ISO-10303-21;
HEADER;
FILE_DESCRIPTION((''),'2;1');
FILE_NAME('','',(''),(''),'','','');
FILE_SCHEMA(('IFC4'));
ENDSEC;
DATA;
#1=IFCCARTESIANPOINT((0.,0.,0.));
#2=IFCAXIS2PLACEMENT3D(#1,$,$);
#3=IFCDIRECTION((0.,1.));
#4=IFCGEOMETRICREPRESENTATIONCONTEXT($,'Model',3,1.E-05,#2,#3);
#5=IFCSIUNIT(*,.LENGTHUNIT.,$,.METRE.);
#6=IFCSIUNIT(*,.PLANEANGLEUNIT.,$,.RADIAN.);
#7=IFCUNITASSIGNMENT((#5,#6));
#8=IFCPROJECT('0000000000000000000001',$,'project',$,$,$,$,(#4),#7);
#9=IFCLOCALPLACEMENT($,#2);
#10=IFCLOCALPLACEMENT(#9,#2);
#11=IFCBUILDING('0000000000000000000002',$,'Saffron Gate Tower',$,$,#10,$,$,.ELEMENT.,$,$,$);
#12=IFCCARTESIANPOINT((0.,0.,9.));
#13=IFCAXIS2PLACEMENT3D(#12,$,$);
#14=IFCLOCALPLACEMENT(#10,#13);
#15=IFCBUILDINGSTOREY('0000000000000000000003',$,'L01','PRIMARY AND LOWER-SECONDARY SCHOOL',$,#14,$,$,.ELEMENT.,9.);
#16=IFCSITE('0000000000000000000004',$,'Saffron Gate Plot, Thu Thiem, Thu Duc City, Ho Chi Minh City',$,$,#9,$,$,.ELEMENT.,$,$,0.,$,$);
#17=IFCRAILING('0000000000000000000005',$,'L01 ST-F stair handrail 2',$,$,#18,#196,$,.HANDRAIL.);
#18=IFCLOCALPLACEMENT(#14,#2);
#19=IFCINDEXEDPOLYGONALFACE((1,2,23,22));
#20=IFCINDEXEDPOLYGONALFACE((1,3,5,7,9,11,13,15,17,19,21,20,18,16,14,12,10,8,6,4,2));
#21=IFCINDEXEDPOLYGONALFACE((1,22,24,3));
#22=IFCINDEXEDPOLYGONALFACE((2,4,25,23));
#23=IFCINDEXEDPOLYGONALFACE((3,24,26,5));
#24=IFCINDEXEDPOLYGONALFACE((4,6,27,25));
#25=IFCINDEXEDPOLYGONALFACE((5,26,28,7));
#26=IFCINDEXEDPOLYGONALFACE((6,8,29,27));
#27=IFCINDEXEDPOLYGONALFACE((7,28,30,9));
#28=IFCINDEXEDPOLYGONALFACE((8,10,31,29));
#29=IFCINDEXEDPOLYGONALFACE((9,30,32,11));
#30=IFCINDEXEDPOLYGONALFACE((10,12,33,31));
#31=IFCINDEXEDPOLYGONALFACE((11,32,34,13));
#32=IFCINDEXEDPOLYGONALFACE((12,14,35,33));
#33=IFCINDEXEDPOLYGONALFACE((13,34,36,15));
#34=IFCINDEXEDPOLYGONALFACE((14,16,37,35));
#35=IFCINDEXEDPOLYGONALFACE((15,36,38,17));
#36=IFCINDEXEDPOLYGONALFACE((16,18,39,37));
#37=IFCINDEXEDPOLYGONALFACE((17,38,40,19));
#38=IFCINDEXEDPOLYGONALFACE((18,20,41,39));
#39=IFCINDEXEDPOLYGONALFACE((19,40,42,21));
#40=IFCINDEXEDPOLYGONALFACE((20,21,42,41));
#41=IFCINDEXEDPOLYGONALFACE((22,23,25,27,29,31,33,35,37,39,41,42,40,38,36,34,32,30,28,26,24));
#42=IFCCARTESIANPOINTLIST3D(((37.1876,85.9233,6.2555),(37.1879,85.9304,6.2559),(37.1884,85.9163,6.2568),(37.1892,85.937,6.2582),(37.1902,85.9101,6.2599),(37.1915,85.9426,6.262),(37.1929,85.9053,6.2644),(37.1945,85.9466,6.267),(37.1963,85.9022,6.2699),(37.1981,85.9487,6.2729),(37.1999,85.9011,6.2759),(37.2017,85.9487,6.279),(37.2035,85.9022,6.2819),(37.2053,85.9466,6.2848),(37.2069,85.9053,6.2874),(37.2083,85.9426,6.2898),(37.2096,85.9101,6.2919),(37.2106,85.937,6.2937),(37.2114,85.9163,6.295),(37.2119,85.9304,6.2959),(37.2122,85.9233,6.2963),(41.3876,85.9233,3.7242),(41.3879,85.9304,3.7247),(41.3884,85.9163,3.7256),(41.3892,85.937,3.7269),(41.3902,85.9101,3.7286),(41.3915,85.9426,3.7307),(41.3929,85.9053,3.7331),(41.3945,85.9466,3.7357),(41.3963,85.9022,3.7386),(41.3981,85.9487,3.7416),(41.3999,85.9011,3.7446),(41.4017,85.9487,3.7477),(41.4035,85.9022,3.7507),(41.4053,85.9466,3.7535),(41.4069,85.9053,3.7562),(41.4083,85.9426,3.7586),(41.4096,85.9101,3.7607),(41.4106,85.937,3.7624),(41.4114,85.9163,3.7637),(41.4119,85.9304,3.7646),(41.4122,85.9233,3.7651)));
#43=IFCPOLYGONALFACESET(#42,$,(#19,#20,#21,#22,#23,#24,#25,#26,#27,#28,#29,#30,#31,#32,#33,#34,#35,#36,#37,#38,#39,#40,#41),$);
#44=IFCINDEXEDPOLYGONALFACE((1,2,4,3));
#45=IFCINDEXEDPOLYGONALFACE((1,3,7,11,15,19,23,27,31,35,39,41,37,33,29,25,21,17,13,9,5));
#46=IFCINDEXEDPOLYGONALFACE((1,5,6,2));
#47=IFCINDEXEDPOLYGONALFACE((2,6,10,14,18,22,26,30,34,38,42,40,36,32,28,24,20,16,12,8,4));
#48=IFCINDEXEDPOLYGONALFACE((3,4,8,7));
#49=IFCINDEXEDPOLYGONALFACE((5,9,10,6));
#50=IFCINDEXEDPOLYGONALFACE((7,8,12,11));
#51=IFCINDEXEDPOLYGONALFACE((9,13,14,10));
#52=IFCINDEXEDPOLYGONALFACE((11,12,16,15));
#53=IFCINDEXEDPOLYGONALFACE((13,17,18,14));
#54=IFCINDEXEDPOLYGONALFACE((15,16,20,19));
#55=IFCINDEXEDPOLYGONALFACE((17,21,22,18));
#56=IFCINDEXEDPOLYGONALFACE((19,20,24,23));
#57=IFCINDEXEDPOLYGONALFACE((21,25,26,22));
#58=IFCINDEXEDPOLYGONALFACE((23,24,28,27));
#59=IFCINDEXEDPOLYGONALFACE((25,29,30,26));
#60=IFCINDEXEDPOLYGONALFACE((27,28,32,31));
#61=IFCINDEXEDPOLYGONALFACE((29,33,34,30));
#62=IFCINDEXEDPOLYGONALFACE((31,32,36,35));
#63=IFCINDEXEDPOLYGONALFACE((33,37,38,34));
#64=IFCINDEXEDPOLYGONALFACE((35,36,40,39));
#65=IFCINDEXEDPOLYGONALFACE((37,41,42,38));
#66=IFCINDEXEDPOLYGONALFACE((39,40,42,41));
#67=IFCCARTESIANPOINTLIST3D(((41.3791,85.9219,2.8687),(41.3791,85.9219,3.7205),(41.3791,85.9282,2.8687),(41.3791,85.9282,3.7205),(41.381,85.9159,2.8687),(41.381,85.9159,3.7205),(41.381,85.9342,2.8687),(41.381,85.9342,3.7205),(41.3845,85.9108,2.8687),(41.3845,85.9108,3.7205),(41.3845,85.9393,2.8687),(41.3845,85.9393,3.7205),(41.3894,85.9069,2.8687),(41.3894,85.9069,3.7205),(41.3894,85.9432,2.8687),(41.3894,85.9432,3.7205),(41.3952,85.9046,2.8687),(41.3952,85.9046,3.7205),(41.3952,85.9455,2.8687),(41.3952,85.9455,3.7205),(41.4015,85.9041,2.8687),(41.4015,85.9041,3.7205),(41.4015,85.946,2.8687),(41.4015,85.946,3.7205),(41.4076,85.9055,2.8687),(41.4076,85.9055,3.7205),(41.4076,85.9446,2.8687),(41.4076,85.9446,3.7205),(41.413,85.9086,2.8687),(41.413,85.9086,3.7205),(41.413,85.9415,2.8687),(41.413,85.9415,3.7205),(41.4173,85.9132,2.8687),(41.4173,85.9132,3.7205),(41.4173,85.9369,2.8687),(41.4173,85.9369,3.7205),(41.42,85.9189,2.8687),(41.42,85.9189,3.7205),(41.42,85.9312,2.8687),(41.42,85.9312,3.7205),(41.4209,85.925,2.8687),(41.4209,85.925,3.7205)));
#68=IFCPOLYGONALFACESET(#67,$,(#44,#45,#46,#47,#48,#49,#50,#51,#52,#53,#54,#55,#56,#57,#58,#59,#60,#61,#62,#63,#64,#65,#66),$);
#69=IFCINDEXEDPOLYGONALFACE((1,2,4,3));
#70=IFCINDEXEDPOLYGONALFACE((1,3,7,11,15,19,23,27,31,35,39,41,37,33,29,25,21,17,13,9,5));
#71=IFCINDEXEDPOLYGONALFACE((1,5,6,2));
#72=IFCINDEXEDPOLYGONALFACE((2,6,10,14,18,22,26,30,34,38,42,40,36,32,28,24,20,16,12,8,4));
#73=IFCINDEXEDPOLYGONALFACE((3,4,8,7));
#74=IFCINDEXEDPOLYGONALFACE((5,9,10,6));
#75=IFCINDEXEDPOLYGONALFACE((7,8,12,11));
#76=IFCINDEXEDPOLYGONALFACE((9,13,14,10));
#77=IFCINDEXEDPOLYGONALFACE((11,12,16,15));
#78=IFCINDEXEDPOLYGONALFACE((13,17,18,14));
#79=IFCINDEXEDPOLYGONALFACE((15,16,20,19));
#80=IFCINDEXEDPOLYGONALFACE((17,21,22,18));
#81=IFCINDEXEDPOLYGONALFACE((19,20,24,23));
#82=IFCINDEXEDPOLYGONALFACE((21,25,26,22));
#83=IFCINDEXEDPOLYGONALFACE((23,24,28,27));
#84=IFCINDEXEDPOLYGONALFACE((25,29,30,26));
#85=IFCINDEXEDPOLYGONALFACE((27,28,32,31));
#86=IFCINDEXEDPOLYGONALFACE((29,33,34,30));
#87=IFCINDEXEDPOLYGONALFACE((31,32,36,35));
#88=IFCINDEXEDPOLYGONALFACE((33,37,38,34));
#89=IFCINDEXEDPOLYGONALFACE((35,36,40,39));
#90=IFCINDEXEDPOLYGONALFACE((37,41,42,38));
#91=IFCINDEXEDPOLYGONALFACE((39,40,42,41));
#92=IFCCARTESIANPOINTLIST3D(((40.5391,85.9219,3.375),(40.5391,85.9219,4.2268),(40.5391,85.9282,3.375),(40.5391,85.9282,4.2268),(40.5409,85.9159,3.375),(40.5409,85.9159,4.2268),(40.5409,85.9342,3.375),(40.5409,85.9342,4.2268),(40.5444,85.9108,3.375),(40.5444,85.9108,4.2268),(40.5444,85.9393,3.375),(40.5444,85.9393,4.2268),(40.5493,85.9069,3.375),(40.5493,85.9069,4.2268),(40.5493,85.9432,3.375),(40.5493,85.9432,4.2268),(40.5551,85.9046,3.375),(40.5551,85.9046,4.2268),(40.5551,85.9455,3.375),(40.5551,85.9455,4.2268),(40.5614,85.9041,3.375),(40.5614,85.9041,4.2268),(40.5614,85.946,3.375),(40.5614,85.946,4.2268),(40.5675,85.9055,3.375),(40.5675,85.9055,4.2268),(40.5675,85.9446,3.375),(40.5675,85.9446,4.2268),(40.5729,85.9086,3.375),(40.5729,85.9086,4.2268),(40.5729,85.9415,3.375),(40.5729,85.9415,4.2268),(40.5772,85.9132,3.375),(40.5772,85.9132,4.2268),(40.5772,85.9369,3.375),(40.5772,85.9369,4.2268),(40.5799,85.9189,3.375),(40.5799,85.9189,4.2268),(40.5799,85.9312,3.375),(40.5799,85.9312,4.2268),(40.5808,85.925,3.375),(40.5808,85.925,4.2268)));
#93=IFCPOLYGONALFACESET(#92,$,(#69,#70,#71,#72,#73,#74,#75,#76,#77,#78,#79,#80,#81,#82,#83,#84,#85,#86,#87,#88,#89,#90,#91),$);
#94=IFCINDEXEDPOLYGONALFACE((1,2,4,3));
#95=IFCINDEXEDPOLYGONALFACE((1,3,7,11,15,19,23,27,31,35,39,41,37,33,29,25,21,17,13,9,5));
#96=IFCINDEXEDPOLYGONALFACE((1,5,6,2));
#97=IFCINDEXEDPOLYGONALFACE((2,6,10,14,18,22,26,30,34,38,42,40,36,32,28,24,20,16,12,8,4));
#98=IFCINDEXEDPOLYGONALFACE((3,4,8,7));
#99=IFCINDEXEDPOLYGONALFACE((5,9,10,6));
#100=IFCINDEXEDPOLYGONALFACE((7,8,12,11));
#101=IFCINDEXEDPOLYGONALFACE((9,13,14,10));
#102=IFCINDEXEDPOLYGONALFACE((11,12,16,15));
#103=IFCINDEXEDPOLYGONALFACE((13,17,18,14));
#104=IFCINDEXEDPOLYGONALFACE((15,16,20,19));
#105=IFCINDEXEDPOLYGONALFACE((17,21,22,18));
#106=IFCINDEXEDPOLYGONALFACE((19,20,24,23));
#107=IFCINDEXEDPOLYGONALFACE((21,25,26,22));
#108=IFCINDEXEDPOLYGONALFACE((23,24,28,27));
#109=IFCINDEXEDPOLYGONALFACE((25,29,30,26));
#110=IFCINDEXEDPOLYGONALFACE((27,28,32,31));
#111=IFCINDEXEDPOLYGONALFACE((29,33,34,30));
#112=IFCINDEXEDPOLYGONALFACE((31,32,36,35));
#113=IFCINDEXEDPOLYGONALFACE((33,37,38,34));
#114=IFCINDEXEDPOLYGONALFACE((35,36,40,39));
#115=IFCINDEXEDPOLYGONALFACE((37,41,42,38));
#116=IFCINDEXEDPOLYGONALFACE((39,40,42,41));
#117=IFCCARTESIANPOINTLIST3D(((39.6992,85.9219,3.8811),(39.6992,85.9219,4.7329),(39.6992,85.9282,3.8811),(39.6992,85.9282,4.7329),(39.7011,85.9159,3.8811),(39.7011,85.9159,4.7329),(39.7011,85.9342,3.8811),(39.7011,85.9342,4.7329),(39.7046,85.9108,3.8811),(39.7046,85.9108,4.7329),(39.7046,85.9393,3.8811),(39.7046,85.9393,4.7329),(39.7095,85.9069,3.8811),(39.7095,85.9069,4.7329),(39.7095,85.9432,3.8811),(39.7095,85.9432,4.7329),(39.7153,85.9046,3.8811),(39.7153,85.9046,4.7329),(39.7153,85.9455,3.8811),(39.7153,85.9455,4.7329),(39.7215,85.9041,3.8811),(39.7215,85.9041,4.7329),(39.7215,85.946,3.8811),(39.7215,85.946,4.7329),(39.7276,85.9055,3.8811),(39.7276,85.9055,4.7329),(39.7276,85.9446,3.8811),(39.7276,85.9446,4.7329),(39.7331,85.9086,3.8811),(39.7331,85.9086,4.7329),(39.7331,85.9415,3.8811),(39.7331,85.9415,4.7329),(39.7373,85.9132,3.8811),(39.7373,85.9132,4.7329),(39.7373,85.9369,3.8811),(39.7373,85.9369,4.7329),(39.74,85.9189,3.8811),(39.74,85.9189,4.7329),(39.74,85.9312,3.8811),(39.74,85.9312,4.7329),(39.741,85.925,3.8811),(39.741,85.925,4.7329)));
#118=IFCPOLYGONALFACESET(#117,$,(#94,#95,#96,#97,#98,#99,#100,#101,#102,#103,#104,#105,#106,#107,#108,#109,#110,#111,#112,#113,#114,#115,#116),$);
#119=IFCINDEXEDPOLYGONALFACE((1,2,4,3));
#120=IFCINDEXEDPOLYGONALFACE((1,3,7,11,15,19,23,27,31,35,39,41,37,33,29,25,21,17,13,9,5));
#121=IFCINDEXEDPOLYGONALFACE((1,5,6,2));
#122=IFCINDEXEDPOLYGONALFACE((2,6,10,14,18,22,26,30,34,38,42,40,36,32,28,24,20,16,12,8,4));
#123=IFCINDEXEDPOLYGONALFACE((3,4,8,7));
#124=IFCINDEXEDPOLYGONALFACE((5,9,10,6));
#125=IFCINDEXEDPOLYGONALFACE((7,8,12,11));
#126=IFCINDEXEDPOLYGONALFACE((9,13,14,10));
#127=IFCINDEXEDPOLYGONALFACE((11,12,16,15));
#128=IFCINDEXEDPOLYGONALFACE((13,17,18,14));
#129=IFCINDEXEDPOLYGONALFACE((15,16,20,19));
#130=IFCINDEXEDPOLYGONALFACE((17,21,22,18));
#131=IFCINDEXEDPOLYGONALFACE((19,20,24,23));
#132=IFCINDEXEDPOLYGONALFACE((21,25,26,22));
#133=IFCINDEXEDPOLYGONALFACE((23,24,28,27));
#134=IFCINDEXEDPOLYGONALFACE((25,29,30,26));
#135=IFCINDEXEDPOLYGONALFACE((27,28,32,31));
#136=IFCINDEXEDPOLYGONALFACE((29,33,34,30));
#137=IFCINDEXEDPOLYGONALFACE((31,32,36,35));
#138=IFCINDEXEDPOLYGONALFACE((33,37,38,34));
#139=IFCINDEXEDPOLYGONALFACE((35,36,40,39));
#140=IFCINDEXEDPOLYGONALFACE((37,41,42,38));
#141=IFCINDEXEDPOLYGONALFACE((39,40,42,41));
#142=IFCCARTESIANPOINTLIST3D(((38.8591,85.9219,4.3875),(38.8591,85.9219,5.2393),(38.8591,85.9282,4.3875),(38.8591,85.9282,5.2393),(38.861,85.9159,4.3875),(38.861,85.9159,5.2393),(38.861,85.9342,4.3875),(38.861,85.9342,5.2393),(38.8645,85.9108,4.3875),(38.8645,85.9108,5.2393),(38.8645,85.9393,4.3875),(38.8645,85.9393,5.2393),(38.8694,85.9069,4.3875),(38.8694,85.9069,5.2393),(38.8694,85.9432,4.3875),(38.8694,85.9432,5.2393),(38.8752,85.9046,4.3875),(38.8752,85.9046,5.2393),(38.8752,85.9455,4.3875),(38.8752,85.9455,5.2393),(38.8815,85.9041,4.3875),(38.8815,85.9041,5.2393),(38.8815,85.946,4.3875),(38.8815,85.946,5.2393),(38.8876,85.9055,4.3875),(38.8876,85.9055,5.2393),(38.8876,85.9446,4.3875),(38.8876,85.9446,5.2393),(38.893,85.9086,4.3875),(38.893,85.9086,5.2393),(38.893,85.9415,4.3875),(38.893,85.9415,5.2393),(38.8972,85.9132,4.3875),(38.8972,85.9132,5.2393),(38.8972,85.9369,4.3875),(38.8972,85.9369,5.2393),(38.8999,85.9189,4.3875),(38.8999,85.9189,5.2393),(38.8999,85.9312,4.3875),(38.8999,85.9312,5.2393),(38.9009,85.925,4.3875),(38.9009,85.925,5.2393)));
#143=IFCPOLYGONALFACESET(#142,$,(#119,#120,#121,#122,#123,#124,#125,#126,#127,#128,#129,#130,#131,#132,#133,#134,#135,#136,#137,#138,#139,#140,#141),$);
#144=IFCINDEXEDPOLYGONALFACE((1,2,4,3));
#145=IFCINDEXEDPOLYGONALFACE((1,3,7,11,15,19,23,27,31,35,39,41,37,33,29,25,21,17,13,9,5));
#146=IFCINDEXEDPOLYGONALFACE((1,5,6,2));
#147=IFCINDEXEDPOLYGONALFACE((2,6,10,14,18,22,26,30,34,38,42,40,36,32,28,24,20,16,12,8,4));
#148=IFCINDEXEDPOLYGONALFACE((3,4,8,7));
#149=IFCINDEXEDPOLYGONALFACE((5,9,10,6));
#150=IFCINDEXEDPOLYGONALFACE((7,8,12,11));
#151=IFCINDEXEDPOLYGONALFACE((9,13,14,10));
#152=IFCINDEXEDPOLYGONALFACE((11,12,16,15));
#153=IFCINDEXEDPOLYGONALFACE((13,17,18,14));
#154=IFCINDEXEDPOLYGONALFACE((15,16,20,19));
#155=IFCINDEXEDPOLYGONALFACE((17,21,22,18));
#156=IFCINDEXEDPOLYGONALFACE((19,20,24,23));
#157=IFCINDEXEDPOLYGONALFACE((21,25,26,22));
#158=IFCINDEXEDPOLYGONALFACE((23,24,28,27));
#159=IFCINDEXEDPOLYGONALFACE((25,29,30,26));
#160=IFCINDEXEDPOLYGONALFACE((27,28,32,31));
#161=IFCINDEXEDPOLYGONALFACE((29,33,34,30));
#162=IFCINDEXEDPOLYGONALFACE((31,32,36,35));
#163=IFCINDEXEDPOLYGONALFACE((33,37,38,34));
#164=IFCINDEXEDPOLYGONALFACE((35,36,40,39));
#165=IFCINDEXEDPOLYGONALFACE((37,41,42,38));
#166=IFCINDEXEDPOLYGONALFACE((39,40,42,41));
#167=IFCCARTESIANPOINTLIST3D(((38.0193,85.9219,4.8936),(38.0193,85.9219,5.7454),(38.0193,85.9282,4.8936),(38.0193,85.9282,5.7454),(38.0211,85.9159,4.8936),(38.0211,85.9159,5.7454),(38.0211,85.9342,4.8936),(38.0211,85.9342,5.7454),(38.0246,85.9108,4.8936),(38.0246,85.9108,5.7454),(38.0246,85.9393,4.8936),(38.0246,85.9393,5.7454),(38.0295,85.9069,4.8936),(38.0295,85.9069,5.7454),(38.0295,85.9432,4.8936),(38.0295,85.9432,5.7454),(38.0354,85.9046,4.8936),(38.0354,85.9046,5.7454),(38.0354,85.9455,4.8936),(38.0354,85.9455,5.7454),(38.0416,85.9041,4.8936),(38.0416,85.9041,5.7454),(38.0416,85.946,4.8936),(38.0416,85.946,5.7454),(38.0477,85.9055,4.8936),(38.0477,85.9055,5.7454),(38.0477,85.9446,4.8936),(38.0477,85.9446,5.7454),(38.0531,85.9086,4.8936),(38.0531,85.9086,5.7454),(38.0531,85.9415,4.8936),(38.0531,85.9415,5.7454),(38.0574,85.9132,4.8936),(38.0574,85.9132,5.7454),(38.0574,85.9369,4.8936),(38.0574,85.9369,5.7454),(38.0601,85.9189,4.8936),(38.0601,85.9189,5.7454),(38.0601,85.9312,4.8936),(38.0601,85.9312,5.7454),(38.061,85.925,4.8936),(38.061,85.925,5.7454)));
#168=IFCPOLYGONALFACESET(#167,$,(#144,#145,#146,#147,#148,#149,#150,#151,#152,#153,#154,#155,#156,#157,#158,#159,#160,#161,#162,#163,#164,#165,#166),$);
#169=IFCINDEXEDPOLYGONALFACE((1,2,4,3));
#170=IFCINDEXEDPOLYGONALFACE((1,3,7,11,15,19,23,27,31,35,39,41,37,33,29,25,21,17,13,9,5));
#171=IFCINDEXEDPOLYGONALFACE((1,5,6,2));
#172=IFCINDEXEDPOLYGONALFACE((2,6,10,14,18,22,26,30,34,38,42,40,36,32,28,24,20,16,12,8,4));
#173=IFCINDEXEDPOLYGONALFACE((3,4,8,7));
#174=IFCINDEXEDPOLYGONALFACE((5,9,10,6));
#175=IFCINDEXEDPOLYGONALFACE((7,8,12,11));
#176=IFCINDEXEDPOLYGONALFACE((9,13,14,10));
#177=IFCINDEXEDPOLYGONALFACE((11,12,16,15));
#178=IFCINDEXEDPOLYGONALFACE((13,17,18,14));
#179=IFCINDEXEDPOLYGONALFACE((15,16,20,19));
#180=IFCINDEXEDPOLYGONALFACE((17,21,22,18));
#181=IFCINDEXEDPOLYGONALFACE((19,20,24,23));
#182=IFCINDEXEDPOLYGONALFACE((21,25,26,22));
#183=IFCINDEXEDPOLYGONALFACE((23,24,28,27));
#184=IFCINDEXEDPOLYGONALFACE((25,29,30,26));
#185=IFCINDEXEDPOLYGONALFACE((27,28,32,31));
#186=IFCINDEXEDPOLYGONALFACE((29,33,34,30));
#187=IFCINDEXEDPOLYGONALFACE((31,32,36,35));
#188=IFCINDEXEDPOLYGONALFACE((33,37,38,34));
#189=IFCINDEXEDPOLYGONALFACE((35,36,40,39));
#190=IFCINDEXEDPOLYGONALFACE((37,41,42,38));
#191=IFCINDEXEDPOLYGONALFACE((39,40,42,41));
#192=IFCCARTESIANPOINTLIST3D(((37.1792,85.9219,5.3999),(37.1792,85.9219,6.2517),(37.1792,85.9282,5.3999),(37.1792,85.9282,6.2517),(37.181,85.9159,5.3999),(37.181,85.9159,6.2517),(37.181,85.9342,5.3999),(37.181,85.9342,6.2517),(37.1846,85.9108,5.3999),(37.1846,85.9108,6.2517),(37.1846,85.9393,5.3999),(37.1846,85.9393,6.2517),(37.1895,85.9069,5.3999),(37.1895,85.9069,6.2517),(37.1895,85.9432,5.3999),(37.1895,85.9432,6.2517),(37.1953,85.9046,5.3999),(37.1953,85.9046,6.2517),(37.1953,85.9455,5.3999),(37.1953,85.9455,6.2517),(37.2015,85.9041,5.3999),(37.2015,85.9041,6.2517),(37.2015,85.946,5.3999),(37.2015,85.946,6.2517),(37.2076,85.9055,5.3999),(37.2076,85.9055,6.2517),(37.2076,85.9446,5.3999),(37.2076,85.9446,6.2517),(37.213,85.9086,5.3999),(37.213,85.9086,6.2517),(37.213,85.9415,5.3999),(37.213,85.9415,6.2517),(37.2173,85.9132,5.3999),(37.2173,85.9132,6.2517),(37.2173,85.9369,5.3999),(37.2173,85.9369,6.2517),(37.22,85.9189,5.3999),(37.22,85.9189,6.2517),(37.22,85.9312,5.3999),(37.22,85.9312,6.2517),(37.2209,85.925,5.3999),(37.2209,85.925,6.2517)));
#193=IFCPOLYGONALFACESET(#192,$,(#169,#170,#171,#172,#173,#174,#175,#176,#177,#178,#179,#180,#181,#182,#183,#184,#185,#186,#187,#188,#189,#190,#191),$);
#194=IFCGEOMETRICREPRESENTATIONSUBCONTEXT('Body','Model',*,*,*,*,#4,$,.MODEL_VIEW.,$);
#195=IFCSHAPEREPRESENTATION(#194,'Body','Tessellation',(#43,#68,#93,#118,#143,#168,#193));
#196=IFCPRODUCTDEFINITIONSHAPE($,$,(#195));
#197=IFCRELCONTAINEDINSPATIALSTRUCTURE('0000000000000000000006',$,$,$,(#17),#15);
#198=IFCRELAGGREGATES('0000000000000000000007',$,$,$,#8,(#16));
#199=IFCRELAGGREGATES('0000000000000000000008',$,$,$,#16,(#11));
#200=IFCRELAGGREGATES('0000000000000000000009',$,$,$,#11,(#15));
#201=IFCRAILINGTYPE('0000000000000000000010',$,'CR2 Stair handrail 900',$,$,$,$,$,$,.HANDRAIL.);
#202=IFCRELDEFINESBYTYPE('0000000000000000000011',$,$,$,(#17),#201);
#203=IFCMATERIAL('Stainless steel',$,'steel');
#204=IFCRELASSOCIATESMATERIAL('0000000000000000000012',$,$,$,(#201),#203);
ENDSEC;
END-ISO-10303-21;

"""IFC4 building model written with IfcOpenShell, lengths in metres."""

from ifc_helpers import new_model, si_unit, direction, frame, origin, origin_2d, place, context, subcontext, project, spatial, circle, extrude, material, type_object, element, save


model = new_model("IFC4")

# Units and contexts
model_context = context("Model", 3, precision=1e-05, world=origin(), true_north=direction((0.0, 1.0)))
body_context = subcontext(model_context, "Body", "Model", "MODEL_VIEW")
ifc_project = project(units=[si_unit("LENGTHUNIT", "METRE"), si_unit("PLANEANGLEUNIT", "RADIAN")], contexts=[model_context])

# Site, building, storey
site_placement = place(None, origin())
site = spatial("IfcSite", under=ifc_project, at=site_placement, Name="Saffron Gate Plot, Thu Thiem, Thu Duc City, Ho Chi Minh City", CompositionType="ELEMENT", RefElevation=0.0)
building_placement = place(site_placement, origin())
building = spatial("IfcBuilding", under=site, at=building_placement, Name="Saffron Gate Tower", CompositionType="ELEMENT")
storey_placement = place(building_placement, frame((0.0, 0.0, 9.0)))
storey = spatial("IfcBuildingStorey", under=building, at=storey_placement, Name="L01", Description="PRIMARY AND LOWER-SECONDARY SCHOOL", CompositionType="ELEMENT", Elevation=9.0)

# Railing
ifc_material_1 = material(Name="Stainless steel", Category="steel")
railing_type_1 = type_object("IfcRailingType", Name="CR2 Stair handrail 900", PredefinedType="HANDRAIL", material=ifc_material_1)
railing_1_placement = place(storey_placement, frame((41.3999, 85.925, 2.8687)))
element("IfcRailing", 1, at=railing_1_placement, inside=storey, type_object=railing_type_1, Name="L01 ST-F stair handrail 2", PredefinedType="HANDRAIL", context=body_context, shape_type="SweptSolid", body=[
    extrude(circle(Radius=0.0239, at=origin_2d()), frame((0.0, 0.0, 0.876), z_axis=(-0.856476, 0.0, 0.516186), x_axis=(0.0, -1.0, 0.0)), (0.0, 0.0, 1.0), 4.9038),
    extrude(circle(Radius=0.021, at=origin_2d()), origin(), (0.0, 0.0, 1.0), 0.8518),
    extrude(circle(Radius=0.021, at=origin_2d()), frame((-0.8401, 0.0, 0.5063)), (0.0, 0.0, 1.0), 0.8518),
    extrude(circle(Radius=0.021, at=origin_2d()), frame((-1.6799, 0.0, 1.0125)), (0.0, 0.0, 1.0), 0.8518),
    extrude(circle(Radius=0.021, at=origin_2d()), frame((-2.52, 0.0, 1.5188)), (0.0, 0.0, 1.0), 0.8518),
    extrude(circle(Radius=0.021, at=origin_2d()), frame((-3.3599, 0.0, 2.0249)), (0.0, 0.0, 1.0), 0.8518),
    extrude(circle(Radius=0.021, at=origin_2d()), frame((-4.2, 0.0, 2.5312)), (0.0, 0.0, 1.0), 0.8518),
])

save(model, "model.ifc")
